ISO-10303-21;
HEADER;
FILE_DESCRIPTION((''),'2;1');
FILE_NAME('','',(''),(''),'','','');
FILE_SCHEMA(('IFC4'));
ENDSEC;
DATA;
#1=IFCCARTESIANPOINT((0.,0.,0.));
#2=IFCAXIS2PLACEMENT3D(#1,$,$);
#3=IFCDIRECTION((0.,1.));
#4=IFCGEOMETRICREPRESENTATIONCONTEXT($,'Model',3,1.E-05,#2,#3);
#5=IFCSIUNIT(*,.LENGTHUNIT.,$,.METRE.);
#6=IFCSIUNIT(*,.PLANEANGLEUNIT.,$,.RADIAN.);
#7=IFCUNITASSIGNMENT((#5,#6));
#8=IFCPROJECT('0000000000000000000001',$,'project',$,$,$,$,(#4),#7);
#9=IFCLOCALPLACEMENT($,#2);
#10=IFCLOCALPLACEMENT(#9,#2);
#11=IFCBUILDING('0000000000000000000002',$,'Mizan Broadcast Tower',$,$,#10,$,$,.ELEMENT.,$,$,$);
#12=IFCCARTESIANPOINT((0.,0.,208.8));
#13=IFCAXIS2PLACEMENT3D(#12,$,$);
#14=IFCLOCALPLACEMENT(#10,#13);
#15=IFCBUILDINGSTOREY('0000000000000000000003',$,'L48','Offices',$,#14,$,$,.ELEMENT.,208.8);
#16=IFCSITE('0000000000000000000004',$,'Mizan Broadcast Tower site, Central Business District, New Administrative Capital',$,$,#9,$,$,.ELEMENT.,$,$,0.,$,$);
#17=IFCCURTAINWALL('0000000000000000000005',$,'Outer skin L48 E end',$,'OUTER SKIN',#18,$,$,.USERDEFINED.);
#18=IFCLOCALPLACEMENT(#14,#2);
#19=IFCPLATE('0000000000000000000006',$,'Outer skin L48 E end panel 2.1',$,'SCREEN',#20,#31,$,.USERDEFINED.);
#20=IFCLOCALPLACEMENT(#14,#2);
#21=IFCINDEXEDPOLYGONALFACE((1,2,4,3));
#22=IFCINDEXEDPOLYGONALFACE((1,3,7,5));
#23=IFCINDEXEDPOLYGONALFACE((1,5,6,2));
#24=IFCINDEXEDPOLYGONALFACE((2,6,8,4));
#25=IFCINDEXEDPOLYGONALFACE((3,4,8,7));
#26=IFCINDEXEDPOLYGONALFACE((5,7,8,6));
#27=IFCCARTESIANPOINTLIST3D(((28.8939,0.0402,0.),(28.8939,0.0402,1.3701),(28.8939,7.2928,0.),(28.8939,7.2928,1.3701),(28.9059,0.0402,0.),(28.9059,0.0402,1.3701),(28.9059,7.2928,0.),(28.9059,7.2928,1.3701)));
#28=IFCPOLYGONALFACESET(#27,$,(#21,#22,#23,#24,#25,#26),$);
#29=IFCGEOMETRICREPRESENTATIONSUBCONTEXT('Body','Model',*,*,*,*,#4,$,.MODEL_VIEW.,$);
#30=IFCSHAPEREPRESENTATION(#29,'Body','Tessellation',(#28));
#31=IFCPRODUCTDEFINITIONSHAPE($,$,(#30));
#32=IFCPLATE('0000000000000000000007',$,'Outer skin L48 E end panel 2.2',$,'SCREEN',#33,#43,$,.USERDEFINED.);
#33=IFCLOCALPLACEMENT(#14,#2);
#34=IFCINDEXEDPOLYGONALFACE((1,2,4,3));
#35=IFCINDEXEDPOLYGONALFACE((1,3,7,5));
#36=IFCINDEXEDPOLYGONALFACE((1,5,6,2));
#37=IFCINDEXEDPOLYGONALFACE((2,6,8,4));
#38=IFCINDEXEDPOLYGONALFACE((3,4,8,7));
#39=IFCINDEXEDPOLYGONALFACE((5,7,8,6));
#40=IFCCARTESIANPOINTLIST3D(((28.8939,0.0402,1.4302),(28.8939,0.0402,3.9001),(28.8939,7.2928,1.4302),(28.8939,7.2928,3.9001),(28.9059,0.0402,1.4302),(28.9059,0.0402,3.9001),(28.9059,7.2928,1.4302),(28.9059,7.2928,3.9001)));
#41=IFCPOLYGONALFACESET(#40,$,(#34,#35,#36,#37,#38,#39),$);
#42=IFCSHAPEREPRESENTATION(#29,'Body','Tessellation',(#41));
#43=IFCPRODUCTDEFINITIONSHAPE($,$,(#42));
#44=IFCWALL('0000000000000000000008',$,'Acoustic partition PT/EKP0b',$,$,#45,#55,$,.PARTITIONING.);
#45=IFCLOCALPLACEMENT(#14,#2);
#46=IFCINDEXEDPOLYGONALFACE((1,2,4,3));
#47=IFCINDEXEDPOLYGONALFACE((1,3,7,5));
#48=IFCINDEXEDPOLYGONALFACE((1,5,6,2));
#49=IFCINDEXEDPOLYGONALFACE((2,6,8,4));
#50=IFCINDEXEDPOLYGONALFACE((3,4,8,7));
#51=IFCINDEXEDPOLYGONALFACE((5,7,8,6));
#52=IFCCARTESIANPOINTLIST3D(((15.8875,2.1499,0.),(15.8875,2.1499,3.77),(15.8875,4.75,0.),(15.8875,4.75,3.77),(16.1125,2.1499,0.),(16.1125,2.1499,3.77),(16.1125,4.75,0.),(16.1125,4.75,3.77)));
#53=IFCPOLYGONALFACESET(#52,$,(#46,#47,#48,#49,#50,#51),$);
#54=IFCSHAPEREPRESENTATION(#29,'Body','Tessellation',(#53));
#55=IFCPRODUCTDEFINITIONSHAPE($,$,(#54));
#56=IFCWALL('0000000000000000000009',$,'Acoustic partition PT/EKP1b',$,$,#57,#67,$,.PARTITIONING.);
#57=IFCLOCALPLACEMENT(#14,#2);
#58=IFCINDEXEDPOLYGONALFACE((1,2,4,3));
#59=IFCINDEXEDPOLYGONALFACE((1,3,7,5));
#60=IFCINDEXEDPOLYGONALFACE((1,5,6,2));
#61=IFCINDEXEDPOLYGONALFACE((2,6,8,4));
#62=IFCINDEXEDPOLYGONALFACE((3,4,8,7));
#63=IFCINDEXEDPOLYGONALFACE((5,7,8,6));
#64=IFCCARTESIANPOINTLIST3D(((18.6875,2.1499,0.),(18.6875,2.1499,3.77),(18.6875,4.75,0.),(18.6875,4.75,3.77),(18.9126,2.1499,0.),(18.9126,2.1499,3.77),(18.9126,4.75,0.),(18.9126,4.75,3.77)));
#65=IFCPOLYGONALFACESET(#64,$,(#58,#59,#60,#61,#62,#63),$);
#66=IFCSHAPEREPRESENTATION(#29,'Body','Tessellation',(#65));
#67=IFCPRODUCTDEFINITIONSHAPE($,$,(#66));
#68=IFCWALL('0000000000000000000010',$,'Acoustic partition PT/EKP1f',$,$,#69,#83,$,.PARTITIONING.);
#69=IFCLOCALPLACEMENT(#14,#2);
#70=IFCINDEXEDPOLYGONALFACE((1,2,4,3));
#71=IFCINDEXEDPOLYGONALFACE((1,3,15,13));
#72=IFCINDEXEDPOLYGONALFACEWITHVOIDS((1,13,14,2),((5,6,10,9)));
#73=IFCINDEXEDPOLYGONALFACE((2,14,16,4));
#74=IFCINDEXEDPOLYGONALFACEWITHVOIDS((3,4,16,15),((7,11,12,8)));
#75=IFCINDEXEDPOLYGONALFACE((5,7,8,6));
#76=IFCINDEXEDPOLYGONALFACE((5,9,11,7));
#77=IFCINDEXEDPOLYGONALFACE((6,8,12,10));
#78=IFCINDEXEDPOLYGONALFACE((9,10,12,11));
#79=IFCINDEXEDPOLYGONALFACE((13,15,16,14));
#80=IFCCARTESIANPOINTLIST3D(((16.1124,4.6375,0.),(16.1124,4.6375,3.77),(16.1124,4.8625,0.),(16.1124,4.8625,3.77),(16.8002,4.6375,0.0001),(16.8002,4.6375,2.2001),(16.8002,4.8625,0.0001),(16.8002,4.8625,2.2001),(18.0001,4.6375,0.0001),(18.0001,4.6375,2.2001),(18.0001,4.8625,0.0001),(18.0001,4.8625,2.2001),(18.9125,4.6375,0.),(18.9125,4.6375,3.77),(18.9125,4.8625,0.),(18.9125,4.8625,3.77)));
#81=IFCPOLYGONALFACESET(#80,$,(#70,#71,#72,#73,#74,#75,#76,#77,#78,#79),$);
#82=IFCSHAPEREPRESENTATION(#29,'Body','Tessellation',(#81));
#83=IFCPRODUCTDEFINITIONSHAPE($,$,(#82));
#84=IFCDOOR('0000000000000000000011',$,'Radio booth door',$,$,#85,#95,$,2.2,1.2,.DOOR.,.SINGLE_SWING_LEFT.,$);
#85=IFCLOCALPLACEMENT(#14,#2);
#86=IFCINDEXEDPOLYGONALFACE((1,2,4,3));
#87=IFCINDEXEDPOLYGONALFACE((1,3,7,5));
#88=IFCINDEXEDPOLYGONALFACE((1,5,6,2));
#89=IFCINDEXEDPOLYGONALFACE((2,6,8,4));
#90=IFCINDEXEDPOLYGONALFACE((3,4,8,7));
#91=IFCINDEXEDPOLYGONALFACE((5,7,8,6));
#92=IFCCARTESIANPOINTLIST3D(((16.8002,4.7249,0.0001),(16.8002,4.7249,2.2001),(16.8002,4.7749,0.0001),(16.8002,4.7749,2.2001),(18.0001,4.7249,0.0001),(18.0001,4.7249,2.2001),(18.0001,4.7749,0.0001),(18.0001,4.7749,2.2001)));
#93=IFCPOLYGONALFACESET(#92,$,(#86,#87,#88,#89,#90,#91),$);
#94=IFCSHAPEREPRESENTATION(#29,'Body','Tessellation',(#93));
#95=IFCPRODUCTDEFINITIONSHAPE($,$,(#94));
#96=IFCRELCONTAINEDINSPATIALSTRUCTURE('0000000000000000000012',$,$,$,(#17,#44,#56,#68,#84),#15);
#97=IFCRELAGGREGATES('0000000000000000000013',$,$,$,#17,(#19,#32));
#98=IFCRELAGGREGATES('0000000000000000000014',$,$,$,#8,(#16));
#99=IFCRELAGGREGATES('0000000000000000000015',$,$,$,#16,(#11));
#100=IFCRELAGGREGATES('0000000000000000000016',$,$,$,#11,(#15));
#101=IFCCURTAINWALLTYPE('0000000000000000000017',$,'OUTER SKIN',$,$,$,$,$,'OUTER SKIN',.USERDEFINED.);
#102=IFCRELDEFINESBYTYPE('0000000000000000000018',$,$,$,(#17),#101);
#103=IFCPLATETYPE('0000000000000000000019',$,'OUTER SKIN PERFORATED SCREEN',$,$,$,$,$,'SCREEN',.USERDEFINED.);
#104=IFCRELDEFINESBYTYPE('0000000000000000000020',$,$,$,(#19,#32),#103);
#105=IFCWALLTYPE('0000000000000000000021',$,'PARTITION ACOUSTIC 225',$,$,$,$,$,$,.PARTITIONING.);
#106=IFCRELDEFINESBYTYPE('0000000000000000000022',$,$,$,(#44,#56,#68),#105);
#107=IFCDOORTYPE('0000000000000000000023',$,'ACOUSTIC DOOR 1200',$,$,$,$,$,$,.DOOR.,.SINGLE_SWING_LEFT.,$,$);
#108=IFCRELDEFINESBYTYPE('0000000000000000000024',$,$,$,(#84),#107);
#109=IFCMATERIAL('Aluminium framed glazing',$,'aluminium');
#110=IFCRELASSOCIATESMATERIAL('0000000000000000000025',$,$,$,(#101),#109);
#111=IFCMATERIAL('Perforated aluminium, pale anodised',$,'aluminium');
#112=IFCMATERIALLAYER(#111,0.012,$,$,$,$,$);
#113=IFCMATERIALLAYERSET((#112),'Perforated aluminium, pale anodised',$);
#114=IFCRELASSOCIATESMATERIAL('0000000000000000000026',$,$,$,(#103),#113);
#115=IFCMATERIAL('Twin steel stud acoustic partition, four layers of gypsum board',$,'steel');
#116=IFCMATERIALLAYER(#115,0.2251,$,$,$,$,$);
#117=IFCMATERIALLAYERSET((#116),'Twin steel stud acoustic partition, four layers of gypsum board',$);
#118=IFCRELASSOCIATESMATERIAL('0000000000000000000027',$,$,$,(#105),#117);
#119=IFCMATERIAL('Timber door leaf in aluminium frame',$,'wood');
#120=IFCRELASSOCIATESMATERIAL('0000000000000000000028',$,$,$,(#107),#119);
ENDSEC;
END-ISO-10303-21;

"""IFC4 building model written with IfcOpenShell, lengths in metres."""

from ifc_helpers import new_model, si_unit, direction, frame, frame_2d, origin, origin_2d, place, context, subcontext, project, spatial, rectangle, extrude, material, layer, layer_set, type_object, element, fill, aggregate, save


model = new_model("IFC4")

# Units and contexts
model_context = context("Model", 3, precision=1e-05, world=origin(), true_north=direction((0.0, 1.0)))
body_context = subcontext(model_context, "Body", "Model", "MODEL_VIEW")
ifc_project = project(units=[si_unit("LENGTHUNIT", "METRE"), si_unit("PLANEANGLEUNIT", "RADIAN")], contexts=[model_context])

# Site, building, storey
site_placement = place(None, origin())
site = spatial("IfcSite", under=ifc_project, at=site_placement, Name="Mizan Broadcast Tower site, Central Business District, New Administrative Capital", CompositionType="ELEMENT", RefElevation=0.0)
building_placement = place(site_placement, origin())
building = spatial("IfcBuilding", under=site, at=building_placement, Name="Mizan Broadcast Tower", CompositionType="ELEMENT")
storey_placement = place(building_placement, frame((0.0, 0.0, 208.8)))
storey = spatial("IfcBuildingStorey", under=building, at=storey_placement, Name="L48", Description="Offices", CompositionType="ELEMENT", Elevation=208.8)

# Curtain wall
ifc_material_1 = material(Name="Aluminium framed glazing", Category="aluminium")
curtain_wall_type_1 = type_object("IfcCurtainWallType", Name="OUTER SKIN", ElementType="OUTER SKIN", PredefinedType="USERDEFINED", material=ifc_material_1)
curtain_wall_1_placement = place(storey_placement, origin())
curtain_wall_1 = element("IfcCurtainWall", 1, at=curtain_wall_1_placement, inside=storey, type_object=curtain_wall_type_1, Name="Outer skin L48 E end", ObjectType="OUTER SKIN", PredefinedType="USERDEFINED")

# Plates
ifc_material_2 = material(Name="Perforated aluminium, pale anodised", Category="aluminium")
ifc_layer_1 = layer(ifc_material_2, 0.012)
ifc_layer_set_1 = layer_set([ifc_layer_1], Name="Perforated aluminium, pale anodised")
plate_type_1 = type_object("IfcPlateType", Name="OUTER SKIN PERFORATED SCREEN", ElementType="SCREEN", PredefinedType="USERDEFINED", material=ifc_layer_set_1)
plate_1_placement = place(storey_placement, frame((28.8999, 3.6665, 0.0), z_axis=(0.0, 0.0, 1.0), x_axis=(0.0, 1.0, 0.0)))
plate_1 = element("IfcPlate", 2, at=plate_1_placement, type_object=plate_type_1, Name="Outer skin L48 E end panel 2.1", ObjectType="SCREEN", PredefinedType="USERDEFINED", context=body_context, shape_type="SweptSolid", body=[
    extrude(rectangle(XDim=7.2527, YDim=0.012, at=origin_2d()), origin(), (0.0, 0.0, 1.0), 1.3701),
])
plate_2_placement = place(storey_placement, frame((28.8999, 3.6665, 1.4302), z_axis=(0.0, 0.0, 1.0), x_axis=(0.0, 1.0, 0.0)))
plate_2 = element("IfcPlate", 3, at=plate_2_placement, type_object=plate_type_1, Name="Outer skin L48 E end panel 2.2", ObjectType="SCREEN", PredefinedType="USERDEFINED", context=body_context, shape_type="SweptSolid", body=[
    extrude(rectangle(XDim=7.2527, YDim=0.012, at=origin_2d()), origin(), (0.0, 0.0, 1.0), 2.47),
])
aggregate(curtain_wall_1, [plate_1, plate_2])

# Walls
ifc_material_3 = material(Name="Twin steel stud acoustic partition, four layers of gypsum board", Category="steel")
ifc_layer_2 = layer(ifc_material_3, 0.2251)
ifc_layer_set_2 = layer_set([ifc_layer_2], Name="Twin steel stud acoustic partition, four layers of gypsum board")
wall_type = type_object("IfcWallType", Name="PARTITION ACOUSTIC 225", PredefinedType="PARTITIONING", material=ifc_layer_set_2)
for number, where, z_axis, x_axis, name in (
    (4, (16.0, 2.1499, 0.0), (0.0, 0.0, 1.0), (0.0, 1.0, 0.0), "Acoustic partition PT/EKP0b"),
    (5, (18.8, 2.1499, 0.0), (0.0, 0.0, 1.0), (0.0, 1.0, 0.0), "Acoustic partition PT/EKP1b"),
):
    element("IfcWall", number, at=place(storey_placement, frame(where, z_axis=z_axis, x_axis=x_axis)), inside=storey, type_object=wall_type, Name=name, PredefinedType="PARTITIONING", context=body_context, shape_type="SweptSolid", body=[
        extrude(rectangle(XDim=2.6001, YDim=0.2251, at=frame_2d((1.3, 0.0))), origin(), (0.0, 0.0, 1.0), 3.77),
    ])

# Wall, opening, door
wall_placement = place(storey_placement, frame((16.1125, 4.75, 0.0), z_axis=(0.0, 0.0, 1.0), x_axis=(1.0, 0.0, 0.0)))
wall = element("IfcWall", 6, at=wall_placement, inside=storey, type_object=wall_type, Name="Acoustic partition PT/EKP1f", PredefinedType="PARTITIONING", context=body_context, shape_type="SweptSolid", body=[
    extrude(rectangle(XDim=2.8, YDim=0.2251, at=frame_2d((1.3999, 0.0))), origin(), (0.0, 0.0, 1.0), 3.77),
])
opening_placement = place(wall_placement, frame((0.6875, 0.0, 0.0)))
opening = element("IfcOpeningElement", 7, at=opening_placement, cuts=wall, PredefinedType="OPENING", context=body_context, shape_type="SweptSolid", body=[
    extrude(rectangle(XDim=1.2, YDim=2.2, at=frame_2d((0.6001, 1.1001))), frame((0.0, 0.1226, 0.0), z_axis=(0.0, -1.0, 0.0), x_axis=(1.0, 0.0, 0.0)), (0.0, 0.0, 1.0), 0.2451),
])
ifc_material_4 = material(Name="Timber door leaf in aluminium frame", Category="wood")
door_type = type_object("IfcDoorType", Name="ACOUSTIC DOOR 1200", OperationType="SINGLE_SWING_LEFT", PredefinedType="DOOR", material=ifc_material_4)
door_placement = place(opening_placement, origin())
door = element("IfcDoor", 8, at=door_placement, inside=storey, type_object=door_type, Name="Radio booth door", OperationType="SINGLE_SWING_LEFT", OverallHeight=2.2, OverallWidth=1.2, PredefinedType="DOOR", context=body_context, shape_type="SweptSolid", body=[
    extrude(rectangle(XDim=1.2, YDim=2.2, at=frame_2d((0.6001, 1.1001))), frame((0.0, 0.0249, 0.0), z_axis=(0.0, -1.0, 0.0), x_axis=(1.0, 0.0, 0.0)), (0.0, 0.0, 1.0), 0.05),
])
fill(opening, door)

save(model, "model.ifc")
